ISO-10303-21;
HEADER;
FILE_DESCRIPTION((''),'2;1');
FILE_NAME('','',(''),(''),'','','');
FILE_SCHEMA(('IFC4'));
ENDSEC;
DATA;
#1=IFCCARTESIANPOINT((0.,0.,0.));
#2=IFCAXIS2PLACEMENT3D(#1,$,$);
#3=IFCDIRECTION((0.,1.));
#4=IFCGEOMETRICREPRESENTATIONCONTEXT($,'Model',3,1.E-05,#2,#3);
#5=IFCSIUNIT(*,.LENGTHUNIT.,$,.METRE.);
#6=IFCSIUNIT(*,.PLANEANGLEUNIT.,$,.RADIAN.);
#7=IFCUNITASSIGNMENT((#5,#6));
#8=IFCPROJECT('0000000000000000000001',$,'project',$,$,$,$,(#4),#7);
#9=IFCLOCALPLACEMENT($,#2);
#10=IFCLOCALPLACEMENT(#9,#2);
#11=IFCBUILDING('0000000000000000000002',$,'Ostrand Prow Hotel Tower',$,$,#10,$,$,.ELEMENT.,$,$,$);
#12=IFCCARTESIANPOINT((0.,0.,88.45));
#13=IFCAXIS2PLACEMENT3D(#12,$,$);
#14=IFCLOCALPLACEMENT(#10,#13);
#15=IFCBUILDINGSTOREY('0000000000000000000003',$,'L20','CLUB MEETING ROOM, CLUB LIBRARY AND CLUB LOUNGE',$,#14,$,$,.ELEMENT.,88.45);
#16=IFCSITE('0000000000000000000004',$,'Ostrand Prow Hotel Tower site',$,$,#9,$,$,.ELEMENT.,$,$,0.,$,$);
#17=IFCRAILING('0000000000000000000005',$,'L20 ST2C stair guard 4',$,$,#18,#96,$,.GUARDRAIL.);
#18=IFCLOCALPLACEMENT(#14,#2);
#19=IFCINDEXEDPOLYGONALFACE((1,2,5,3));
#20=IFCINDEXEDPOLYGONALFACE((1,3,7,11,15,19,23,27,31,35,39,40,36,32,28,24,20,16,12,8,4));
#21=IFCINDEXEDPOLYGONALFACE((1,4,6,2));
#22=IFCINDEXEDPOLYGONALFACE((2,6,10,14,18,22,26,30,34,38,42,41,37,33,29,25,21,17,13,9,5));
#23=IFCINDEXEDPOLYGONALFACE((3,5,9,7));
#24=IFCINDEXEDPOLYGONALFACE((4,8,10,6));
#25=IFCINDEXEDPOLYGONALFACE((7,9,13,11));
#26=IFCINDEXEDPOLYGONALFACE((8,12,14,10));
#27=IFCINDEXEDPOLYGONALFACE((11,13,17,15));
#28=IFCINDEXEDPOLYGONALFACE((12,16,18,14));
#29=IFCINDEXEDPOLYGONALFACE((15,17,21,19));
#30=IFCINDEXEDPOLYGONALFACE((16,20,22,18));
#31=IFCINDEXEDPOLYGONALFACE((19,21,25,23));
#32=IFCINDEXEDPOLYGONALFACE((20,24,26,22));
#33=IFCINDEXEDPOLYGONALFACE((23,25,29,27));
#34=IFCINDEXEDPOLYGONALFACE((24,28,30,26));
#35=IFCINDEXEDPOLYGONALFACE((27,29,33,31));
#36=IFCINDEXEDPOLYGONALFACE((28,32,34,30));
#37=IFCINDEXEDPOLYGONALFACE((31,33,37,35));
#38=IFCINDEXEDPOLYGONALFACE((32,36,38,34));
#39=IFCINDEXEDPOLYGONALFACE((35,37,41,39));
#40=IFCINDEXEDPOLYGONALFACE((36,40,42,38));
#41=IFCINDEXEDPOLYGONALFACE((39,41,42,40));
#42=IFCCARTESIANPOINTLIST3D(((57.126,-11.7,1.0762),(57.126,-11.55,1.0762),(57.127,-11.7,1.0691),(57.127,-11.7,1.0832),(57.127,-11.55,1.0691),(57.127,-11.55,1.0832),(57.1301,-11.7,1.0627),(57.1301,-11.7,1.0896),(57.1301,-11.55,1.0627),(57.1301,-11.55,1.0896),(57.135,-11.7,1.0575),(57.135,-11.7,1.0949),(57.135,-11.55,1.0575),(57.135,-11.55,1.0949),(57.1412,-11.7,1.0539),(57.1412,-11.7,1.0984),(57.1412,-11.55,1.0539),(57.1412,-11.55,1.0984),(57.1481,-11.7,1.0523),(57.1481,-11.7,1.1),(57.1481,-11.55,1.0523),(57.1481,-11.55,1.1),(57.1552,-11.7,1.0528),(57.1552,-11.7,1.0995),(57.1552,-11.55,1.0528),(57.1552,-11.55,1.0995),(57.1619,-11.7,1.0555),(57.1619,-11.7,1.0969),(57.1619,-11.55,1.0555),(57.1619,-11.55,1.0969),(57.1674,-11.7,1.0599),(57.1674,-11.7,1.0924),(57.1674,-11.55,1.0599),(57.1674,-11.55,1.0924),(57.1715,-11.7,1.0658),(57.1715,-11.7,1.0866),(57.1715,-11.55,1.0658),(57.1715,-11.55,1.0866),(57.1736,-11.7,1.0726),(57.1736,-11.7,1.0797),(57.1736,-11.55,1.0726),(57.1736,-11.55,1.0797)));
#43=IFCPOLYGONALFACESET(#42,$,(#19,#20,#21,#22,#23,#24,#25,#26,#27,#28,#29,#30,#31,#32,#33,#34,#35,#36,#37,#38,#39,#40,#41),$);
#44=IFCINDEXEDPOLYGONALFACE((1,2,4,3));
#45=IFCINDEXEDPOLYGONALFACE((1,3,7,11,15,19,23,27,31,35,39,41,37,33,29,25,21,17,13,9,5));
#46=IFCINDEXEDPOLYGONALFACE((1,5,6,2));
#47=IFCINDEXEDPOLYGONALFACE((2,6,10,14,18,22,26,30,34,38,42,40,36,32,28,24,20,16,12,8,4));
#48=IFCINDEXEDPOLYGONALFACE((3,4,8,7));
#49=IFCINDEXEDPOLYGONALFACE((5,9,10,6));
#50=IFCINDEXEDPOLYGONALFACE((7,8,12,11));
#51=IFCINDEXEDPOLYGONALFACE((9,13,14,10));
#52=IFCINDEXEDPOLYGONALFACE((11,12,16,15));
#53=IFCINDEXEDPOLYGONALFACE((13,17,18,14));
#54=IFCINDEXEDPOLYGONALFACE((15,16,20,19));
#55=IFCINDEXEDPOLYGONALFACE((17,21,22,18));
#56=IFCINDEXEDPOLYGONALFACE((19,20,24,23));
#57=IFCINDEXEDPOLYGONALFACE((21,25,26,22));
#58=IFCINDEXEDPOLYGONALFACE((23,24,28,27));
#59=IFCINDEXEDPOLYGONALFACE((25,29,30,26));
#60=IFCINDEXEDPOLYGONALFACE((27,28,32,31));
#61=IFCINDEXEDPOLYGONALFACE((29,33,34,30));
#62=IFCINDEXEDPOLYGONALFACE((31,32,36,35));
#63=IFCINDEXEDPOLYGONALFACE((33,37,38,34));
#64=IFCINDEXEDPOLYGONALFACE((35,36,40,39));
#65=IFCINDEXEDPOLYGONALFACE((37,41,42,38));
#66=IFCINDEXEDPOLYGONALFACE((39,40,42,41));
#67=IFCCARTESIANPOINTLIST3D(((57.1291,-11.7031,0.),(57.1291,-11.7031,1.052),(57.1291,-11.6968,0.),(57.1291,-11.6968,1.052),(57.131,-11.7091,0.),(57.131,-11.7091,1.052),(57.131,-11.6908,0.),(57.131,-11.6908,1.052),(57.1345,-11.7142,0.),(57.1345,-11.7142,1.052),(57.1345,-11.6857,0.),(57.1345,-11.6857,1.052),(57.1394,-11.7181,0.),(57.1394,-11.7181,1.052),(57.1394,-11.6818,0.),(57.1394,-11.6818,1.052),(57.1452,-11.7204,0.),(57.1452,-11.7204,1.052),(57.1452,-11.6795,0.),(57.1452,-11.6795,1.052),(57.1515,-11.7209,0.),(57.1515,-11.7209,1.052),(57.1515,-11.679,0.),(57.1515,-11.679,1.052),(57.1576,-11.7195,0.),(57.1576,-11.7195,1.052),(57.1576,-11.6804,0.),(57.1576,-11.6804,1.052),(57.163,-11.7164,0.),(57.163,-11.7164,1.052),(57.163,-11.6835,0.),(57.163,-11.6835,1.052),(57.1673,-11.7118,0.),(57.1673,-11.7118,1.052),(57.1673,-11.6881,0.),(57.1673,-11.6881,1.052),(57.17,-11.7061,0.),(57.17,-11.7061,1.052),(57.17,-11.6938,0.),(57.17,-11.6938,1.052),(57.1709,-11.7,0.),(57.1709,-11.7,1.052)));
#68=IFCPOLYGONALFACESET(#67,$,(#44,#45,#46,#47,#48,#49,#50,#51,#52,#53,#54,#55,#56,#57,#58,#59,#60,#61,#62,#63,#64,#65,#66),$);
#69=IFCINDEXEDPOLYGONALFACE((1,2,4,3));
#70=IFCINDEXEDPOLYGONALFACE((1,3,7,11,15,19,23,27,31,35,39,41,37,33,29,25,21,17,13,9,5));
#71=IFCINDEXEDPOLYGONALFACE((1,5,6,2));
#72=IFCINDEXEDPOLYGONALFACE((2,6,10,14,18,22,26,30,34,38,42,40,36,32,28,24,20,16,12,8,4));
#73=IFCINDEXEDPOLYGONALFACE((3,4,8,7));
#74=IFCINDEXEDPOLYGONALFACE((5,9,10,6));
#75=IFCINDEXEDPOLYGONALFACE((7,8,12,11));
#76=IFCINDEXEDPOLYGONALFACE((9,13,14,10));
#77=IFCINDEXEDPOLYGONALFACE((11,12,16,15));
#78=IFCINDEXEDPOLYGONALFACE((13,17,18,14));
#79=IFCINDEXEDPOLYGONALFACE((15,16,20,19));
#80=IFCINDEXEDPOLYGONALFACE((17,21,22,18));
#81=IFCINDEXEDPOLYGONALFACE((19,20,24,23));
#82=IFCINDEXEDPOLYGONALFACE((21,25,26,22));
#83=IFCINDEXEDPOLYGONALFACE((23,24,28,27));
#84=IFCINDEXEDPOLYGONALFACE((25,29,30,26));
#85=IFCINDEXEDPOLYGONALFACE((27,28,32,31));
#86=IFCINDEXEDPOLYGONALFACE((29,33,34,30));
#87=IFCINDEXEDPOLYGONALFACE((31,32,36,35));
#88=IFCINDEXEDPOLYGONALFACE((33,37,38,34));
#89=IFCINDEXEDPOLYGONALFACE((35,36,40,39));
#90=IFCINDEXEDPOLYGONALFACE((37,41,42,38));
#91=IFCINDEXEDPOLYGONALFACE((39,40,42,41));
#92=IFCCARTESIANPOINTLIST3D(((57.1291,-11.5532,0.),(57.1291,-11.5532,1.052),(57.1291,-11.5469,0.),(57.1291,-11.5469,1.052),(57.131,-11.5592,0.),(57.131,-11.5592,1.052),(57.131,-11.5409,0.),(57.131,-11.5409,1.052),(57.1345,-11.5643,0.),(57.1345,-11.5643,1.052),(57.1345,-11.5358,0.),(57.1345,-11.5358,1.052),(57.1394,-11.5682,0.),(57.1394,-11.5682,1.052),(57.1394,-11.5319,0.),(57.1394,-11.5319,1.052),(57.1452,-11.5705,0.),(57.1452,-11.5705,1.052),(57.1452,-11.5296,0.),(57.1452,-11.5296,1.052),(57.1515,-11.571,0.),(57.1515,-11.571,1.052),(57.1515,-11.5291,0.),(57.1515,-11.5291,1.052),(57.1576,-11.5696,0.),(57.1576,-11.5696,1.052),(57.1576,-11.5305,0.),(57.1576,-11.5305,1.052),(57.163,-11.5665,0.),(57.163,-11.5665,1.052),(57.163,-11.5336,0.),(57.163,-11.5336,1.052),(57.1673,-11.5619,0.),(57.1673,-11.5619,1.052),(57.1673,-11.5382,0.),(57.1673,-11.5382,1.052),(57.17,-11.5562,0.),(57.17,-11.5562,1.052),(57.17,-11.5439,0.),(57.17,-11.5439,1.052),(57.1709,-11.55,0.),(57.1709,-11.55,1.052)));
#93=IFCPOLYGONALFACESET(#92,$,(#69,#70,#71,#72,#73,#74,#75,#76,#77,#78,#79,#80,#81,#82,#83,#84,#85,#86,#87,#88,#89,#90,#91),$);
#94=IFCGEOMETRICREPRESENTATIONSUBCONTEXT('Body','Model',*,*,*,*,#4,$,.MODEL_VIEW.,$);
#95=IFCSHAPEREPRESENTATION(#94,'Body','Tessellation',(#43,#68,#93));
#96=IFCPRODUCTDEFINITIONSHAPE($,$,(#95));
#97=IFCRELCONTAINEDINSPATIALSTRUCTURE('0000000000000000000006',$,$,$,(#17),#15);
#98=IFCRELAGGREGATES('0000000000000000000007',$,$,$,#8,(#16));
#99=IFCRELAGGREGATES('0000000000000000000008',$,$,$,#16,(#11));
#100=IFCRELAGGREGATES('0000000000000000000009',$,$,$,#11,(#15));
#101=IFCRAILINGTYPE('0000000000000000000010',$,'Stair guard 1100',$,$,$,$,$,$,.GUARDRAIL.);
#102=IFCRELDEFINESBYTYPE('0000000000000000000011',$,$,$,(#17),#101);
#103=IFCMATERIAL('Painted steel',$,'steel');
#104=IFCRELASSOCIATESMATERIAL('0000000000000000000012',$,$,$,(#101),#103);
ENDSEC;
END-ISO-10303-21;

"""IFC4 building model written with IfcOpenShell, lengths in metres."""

from ifc_helpers import new_model, si_unit, direction, frame, origin, origin_2d, place, context, subcontext, project, spatial, circle, extrude, material, type_object, element, save


model = new_model("IFC4")

# Units and contexts
model_context = context("Model", 3, precision=1e-05, world=origin(), true_north=direction((0.0, 1.0)))
body_context = subcontext(model_context, "Body", "Model", "MODEL_VIEW")
ifc_project = project(units=[si_unit("LENGTHUNIT", "METRE"), si_unit("PLANEANGLEUNIT", "RADIAN")], contexts=[model_context])

# Site, building, storey
site_placement = place(None, origin())
site = spatial("IfcSite", under=ifc_project, at=site_placement, Name="Ostrand Prow Hotel Tower site", CompositionType="ELEMENT", RefElevation=0.0)
building_placement = place(site_placement, origin())
building = spatial("IfcBuilding", under=site, at=building_placement, Name="Ostrand Prow Hotel Tower", CompositionType="ELEMENT")
storey_placement = place(building_placement, frame((0.0, 0.0, 88.45)))
storey = spatial("IfcBuildingStorey", under=building, at=storey_placement, Name="L20", Description="CLUB MEETING ROOM, CLUB LIBRARY AND CLUB LOUNGE", CompositionType="ELEMENT", Elevation=88.45)

# Railing
ifc_material_1 = material(Name="Painted steel", Category="steel")
railing_type_1 = type_object("IfcRailingType", Name="Stair guard 1100", PredefinedType="GUARDRAIL", material=ifc_material_1)
railing_1_placement = place(storey_placement, frame((57.1499, -11.7, 0.0)))
element("IfcRailing", 1, at=railing_1_placement, inside=storey, type_object=railing_type_1, Name="L20 ST2C stair guard 4", PredefinedType="GUARDRAIL", context=body_context, shape_type="SweptSolid", body=[
    extrude(circle(Radius=0.0239, at=origin_2d()), frame((0.0, 0.0, 1.0762), z_axis=(0.0, 1.0, 0.0), x_axis=(-1.0, 0.0, 0.0)), (0.0, 0.0, 1.0), 0.1499),
    extrude(circle(Radius=0.021, at=origin_2d()), origin(), (0.0, 0.0, 1.0), 1.052),
    extrude(circle(Radius=0.021, at=origin_2d()), frame((0.0, 0.1499, 0.0)), (0.0, 0.0, 1.0), 1.052),
])

save(model, "model.ifc")
